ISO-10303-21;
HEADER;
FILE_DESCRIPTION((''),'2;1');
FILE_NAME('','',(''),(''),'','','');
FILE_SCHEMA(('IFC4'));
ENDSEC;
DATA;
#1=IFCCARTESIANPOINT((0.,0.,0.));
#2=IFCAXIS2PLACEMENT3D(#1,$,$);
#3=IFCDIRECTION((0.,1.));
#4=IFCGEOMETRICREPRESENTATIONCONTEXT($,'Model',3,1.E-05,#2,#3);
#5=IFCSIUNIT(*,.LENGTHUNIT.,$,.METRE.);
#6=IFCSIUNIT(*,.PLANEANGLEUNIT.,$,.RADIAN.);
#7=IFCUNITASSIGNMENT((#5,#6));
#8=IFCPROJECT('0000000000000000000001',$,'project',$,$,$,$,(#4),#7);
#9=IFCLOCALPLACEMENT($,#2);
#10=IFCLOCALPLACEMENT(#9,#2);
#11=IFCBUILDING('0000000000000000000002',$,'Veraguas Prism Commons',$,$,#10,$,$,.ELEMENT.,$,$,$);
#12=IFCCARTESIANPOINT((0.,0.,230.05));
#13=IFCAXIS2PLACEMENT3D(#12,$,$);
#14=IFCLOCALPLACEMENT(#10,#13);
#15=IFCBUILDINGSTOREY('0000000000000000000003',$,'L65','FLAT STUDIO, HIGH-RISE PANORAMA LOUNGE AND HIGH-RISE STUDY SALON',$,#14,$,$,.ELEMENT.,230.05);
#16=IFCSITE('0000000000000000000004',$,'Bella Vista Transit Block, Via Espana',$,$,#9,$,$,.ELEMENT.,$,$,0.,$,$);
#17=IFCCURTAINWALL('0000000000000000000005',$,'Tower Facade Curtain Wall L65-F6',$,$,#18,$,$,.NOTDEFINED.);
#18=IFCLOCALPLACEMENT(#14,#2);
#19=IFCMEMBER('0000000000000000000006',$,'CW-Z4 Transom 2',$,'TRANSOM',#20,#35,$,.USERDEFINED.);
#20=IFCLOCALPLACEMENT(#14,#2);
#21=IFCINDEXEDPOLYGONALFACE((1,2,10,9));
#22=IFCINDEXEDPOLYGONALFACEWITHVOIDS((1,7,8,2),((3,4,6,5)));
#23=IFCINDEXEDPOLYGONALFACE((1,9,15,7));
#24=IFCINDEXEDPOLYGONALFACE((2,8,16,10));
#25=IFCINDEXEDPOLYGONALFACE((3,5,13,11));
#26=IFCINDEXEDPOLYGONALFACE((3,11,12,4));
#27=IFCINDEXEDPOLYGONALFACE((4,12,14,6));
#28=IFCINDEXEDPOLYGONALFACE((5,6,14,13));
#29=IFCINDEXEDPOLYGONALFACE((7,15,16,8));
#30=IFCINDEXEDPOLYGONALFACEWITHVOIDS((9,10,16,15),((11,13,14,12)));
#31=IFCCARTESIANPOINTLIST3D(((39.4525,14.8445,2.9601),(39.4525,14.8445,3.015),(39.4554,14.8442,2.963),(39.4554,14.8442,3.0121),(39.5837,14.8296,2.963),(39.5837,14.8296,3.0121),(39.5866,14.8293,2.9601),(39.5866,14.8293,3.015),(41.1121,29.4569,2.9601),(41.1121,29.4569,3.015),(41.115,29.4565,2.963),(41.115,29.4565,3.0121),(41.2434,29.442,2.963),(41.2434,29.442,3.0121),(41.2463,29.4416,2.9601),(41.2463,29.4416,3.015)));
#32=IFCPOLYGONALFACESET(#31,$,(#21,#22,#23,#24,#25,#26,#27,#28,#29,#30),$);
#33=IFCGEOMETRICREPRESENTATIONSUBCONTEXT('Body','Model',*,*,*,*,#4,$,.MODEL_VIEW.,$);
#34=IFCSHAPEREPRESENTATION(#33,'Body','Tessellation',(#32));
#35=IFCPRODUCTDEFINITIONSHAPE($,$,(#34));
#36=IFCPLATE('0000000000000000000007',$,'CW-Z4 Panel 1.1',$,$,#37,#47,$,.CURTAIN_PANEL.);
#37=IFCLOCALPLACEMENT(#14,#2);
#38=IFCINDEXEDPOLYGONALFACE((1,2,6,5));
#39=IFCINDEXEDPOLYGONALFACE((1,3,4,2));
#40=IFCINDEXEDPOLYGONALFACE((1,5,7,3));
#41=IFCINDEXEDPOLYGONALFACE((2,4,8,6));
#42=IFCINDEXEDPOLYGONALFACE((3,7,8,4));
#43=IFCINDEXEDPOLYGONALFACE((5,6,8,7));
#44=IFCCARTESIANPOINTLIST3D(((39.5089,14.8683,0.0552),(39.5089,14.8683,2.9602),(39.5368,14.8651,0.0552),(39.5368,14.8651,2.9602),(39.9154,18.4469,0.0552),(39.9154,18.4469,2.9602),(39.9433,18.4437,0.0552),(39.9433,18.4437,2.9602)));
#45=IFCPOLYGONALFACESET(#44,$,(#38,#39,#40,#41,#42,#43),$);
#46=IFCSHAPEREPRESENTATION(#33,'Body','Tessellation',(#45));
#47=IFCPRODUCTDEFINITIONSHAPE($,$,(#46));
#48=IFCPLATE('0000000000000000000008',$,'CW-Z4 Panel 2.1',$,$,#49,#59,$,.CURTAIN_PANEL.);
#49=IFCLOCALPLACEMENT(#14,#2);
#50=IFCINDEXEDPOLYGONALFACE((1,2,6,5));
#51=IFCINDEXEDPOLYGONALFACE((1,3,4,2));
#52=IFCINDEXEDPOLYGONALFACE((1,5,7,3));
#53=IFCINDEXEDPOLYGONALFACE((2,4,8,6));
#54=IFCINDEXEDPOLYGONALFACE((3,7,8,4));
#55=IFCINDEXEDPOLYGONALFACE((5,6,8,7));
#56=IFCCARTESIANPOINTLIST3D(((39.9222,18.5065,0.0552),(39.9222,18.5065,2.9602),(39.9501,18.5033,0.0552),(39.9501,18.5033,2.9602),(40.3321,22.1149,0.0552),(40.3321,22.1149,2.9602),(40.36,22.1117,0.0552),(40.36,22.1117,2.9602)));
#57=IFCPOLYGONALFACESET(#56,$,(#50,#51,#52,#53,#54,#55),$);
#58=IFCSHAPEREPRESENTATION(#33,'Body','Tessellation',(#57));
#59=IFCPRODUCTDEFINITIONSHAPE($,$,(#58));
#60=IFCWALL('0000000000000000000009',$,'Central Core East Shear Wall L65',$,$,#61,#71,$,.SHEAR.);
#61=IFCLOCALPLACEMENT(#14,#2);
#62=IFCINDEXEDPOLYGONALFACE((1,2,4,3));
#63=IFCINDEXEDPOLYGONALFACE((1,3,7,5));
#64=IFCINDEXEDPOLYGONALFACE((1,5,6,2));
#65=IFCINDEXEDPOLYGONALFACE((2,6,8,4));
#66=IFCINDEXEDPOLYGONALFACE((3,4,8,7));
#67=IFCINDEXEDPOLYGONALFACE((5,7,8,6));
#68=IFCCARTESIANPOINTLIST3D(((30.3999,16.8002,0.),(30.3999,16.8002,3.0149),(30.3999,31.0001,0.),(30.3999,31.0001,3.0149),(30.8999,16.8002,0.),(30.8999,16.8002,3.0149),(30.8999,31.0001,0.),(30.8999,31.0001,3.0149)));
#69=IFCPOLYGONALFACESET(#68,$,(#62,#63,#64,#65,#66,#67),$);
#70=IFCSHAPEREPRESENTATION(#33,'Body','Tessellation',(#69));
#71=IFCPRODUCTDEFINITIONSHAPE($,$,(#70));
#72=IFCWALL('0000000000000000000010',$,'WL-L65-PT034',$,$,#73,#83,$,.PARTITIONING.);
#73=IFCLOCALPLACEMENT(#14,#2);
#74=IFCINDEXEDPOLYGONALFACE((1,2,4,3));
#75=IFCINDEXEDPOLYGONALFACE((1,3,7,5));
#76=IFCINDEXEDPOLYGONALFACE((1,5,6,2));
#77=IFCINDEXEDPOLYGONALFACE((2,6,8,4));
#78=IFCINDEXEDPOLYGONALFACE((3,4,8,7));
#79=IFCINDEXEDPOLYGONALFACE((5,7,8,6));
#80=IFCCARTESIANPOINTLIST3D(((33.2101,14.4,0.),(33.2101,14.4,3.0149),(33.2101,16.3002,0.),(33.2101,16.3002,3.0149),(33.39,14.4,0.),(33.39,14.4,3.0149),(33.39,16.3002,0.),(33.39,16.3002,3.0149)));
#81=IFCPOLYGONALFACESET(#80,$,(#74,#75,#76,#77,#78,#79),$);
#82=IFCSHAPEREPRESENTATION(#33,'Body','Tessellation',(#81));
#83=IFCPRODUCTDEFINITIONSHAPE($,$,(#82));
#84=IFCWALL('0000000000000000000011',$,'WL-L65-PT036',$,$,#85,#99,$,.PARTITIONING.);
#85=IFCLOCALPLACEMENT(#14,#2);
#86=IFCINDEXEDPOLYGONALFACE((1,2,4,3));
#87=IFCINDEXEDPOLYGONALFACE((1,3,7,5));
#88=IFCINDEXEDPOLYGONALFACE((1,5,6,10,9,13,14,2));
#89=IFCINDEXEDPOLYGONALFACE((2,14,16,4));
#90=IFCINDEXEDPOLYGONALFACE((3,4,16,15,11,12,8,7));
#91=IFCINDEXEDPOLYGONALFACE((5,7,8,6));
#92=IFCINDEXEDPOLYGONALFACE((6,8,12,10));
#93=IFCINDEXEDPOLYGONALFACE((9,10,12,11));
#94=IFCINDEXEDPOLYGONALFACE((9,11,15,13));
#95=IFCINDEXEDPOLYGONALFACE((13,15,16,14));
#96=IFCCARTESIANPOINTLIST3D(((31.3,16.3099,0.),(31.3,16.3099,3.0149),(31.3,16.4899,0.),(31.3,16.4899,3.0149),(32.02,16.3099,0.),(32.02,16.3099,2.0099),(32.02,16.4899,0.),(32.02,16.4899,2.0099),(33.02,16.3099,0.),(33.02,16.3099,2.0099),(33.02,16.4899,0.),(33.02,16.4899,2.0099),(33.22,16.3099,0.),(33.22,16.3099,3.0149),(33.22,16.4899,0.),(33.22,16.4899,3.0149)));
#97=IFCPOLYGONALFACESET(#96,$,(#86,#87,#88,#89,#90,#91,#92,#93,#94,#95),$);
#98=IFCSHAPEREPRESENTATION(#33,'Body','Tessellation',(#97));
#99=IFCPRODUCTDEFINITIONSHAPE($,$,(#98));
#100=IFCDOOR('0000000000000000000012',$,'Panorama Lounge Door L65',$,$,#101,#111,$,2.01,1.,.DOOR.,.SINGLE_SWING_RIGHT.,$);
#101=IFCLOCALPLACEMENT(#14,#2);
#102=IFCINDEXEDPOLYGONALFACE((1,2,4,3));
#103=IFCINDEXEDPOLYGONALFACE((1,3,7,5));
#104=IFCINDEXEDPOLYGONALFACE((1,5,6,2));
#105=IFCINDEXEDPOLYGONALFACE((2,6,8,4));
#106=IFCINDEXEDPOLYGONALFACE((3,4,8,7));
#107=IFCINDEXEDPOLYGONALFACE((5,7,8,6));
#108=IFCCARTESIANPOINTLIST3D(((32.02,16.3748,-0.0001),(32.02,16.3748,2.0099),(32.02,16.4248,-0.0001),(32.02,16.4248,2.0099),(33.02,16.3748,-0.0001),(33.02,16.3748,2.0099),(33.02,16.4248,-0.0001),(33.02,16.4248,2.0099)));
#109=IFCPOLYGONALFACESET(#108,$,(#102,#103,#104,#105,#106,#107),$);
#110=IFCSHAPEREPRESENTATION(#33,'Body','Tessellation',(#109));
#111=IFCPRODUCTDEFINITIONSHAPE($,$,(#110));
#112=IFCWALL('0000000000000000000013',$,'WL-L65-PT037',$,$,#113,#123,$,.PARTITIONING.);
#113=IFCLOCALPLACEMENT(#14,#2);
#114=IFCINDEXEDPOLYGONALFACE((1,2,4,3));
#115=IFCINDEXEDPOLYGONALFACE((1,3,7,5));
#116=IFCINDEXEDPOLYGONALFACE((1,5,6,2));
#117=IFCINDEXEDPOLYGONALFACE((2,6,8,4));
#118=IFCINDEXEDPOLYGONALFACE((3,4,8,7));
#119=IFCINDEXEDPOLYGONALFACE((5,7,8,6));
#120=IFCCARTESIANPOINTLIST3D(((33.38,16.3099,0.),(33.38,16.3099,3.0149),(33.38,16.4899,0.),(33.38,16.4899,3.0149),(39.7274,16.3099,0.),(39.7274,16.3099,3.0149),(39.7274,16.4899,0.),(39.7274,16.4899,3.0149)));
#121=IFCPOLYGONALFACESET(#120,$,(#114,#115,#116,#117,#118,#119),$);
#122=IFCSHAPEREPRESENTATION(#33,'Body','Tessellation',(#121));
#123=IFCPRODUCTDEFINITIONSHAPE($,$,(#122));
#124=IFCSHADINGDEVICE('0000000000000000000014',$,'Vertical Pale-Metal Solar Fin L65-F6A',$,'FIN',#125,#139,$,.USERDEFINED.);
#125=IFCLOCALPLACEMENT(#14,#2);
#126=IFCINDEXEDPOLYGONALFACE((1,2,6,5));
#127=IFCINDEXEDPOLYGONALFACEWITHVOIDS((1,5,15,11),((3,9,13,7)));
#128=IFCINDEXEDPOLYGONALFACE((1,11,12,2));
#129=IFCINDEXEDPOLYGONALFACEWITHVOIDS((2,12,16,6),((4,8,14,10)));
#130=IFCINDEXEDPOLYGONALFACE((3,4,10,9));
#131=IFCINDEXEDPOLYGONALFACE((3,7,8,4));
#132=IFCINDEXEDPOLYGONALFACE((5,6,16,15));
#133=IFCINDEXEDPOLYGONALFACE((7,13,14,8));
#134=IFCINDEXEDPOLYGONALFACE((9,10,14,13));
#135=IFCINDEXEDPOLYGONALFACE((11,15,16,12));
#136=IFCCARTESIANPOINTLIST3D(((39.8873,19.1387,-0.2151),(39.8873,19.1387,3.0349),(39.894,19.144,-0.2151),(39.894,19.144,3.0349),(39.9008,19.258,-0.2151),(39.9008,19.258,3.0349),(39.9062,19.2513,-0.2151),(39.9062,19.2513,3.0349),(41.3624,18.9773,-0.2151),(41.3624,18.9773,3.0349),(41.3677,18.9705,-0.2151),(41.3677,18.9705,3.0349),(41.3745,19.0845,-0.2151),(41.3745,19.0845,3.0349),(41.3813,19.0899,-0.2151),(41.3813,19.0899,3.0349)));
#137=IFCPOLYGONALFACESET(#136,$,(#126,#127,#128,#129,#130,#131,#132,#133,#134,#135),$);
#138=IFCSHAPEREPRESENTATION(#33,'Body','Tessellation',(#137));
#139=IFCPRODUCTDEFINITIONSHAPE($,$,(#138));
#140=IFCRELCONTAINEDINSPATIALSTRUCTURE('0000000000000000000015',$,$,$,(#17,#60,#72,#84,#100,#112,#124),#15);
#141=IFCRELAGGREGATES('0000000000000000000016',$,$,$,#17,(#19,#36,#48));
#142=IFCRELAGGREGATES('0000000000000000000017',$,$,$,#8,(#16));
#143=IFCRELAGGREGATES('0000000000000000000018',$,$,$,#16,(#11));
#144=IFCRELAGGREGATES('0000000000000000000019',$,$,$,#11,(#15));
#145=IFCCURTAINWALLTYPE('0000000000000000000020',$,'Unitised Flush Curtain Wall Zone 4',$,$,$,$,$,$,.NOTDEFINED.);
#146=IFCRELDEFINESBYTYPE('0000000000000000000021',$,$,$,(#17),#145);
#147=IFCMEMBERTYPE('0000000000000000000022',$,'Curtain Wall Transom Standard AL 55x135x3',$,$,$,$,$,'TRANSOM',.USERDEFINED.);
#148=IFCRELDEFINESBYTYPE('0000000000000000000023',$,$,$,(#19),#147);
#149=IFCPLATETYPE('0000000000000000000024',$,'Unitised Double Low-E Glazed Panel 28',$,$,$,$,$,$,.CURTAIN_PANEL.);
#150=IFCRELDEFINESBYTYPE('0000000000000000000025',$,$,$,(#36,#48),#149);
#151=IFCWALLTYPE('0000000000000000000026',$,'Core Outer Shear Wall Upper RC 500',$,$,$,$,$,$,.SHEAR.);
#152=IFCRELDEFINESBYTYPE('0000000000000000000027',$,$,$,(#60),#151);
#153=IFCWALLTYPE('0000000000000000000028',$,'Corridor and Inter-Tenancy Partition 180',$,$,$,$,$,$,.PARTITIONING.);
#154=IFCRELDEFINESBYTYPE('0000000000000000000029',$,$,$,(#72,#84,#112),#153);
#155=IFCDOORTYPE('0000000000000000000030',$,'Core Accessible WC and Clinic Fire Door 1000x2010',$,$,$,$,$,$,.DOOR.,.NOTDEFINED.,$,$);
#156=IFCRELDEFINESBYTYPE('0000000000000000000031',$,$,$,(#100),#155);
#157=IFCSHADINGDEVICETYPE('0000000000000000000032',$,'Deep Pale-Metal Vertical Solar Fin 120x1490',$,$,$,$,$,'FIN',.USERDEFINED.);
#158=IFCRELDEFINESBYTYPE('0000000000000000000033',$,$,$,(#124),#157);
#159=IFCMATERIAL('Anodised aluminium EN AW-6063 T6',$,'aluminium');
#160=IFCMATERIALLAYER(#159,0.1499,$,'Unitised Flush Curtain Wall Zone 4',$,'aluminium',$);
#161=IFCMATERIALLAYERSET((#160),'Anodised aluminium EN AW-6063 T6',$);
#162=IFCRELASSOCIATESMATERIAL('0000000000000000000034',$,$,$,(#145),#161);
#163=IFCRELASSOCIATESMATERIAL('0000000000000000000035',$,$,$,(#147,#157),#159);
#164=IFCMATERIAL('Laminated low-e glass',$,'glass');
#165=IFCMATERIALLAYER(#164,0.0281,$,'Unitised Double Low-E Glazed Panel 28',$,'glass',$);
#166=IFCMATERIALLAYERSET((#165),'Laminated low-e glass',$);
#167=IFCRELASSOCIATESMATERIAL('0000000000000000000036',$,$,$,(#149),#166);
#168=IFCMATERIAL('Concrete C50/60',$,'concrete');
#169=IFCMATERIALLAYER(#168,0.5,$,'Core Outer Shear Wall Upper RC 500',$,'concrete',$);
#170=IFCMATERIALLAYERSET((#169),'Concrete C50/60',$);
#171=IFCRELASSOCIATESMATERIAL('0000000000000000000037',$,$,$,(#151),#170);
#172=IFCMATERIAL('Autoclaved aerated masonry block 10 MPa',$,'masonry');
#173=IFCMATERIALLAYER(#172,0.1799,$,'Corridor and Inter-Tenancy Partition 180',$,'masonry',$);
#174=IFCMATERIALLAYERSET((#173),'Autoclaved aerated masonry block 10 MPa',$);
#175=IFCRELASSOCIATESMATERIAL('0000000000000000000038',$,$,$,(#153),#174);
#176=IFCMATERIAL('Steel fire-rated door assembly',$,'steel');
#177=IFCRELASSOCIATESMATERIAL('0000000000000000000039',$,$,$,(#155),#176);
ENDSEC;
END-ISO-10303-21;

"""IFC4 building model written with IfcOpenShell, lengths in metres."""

from ifc_helpers import new_model, si_unit, direction, frame, frame_2d, origin, origin_2d, place, context, subcontext, project, spatial, rectangle, hollow_rectangle, extrude, source, transform, mapped, material, layer, layer_set, material_profile, profile_set, type_object, element, fill, aggregate, save


model = new_model("IFC4")

# Units and contexts
model_context = context("Model", 3, precision=1e-05, world=origin(), true_north=direction((0.0, 1.0)))
body_context = subcontext(model_context, "Body", "Model", "MODEL_VIEW")
ifc_project = project(units=[si_unit("LENGTHUNIT", "METRE"), si_unit("PLANEANGLEUNIT", "RADIAN")], contexts=[model_context])

# Site, building, storey
site_placement = place(None, origin())
site = spatial("IfcSite", under=ifc_project, at=site_placement, Name="Bella Vista Transit Block, Via Espana", CompositionType="ELEMENT", RefElevation=0.0)
building_placement = place(site_placement, origin())
building = spatial("IfcBuilding", under=site, at=building_placement, Name="Veraguas Prism Commons", CompositionType="ELEMENT")
storey_placement = place(building_placement, frame((0.0, 0.0, 230.05)))
storey = spatial("IfcBuildingStorey", under=building, at=storey_placement, Name="L65", Description="FLAT STUDIO, HIGH-RISE PANORAMA LOUNGE AND HIGH-RISE STUDY SALON", CompositionType="ELEMENT", Elevation=230.05)

# Shared definitions
ifc_material_1 = material(Name="Concrete C50/60", Category="concrete")

# Curtain wall
ifc_material_2 = material(Name="Anodised aluminium EN AW-6063 T6", Category="aluminium")
ifc_layer_1 = layer(ifc_material_2, 0.1499, Name="Unitised Flush Curtain Wall Zone 4", Category="aluminium")
ifc_layer_set_1 = layer_set([ifc_layer_1], Name="Anodised aluminium EN AW-6063 T6")
curtain_wall_type = type_object("IfcCurtainWallType", Name="Unitised Flush Curtain Wall Zone 4", PredefinedType="NOTDEFINED", material=ifc_layer_set_1)
curtain_wall_1_placement = place(storey_placement, origin())
curtain_wall_1 = element("IfcCurtainWall", 1, at=curtain_wall_1_placement, inside=storey, type_object=curtain_wall_type, Name="Tower Facade Curtain Wall L65-F6", PredefinedType="NOTDEFINED")

# Member
ifc_material_profile_1 = material_profile(ifc_material_2, hollow_rectangle(XDim=0.0549, YDim=0.135, WallThickness=0.0029, at=origin_2d()), Name="AL55X135X3")
ifc_profile_set_1 = profile_set([ifc_material_profile_1], Name="Anodised aluminium EN AW-6063 T6")
member_type_1 = type_object("IfcMemberType", Name="Curtain Wall Transom Standard AL 55x135x3", ElementType="TRANSOM", PredefinedType="USERDEFINED", material=ifc_profile_set_1)
shared_shape_1 = source(origin(), body_context, "Body", "SweptSolid", [
    extrude(hollow_rectangle(XDim=0.0549, YDim=0.135, WallThickness=0.0029, at=origin_2d()), origin(), (0.0, 0.0, 1.0), 14.7063),
])
member_1_placement = place(storey_placement, frame((39.5195, 14.8369, 2.9875), z_axis=(0.112855, 0.993612, 0.0), x_axis=(0.0, 0.0, 1.0)))
member_1 = element("IfcMember", 2, at=member_1_placement, type_object=member_type_1, Name="CW-Z4 Transom 2", ObjectType="TRANSOM", PredefinedType="USERDEFINED", context=body_context, shape_type="MappedRepresentation", body=[
    mapped(shared_shape_1, transform((0.0, 0.0, 0.0), scale=1.0)),
])

# Plates
ifc_material_3 = material(Name="Laminated low-e glass", Category="glass")
ifc_layer_2 = layer(ifc_material_3, 0.0281, Name="Unitised Double Low-E Glazed Panel 28", Category="glass")
ifc_layer_set_2 = layer_set([ifc_layer_2], Name="Laminated low-e glass")
plate_type = type_object("IfcPlateType", Name="Unitised Double Low-E Glazed Panel 28", PredefinedType="CURTAIN_PANEL", material=ifc_layer_set_2)
shared_shape_2 = source(origin(), body_context, "Body", "SweptSolid", [
    extrude(rectangle(XDim=3.6016, YDim=0.0281, at=origin_2d()), origin(), (0.0, 0.0, 1.0), 2.905),
])
plate_1_placement = place(storey_placement, frame((39.7261, 16.656, 0.0552), z_axis=(0.0, 0.0, 1.0), x_axis=(0.112858, 0.993611, 0.0)))
plate_1 = element("IfcPlate", 3, at=plate_1_placement, type_object=plate_type, Name="CW-Z4 Panel 1.1", PredefinedType="CURTAIN_PANEL", context=body_context, shape_type="MappedRepresentation", body=[
    mapped(shared_shape_2, transform((0.0, 0.0, 0.0), scale=1.0)),
])
shared_shape_3 = source(origin(), body_context, "Body", "SweptSolid", [
    extrude(rectangle(XDim=3.6316, YDim=0.0281, at=origin_2d()), origin(), (0.0, 0.0, 1.0), 2.905),
])
plate_2_placement = place(storey_placement, frame((40.1411, 20.3091, 0.0552), z_axis=(0.0, 0.0, 1.0), x_axis=(0.112858, 0.993611, 0.0)))
plate_2 = element("IfcPlate", 4, at=plate_2_placement, type_object=plate_type, Name="CW-Z4 Panel 2.1", PredefinedType="CURTAIN_PANEL", context=body_context, shape_type="MappedRepresentation", body=[
    mapped(shared_shape_3, transform((0.0, 0.0, 0.0), scale=1.0)),
])
aggregate(curtain_wall_1, [member_1, plate_1, plate_2])

# Walls
ifc_layer_3 = layer(ifc_material_1, 0.5, Name="Core Outer Shear Wall Upper RC 500", Category="concrete")
ifc_layer_set_3 = layer_set([ifc_layer_3], Name="Concrete C50/60")
wall_type_1 = type_object("IfcWallType", Name="Core Outer Shear Wall Upper RC 500", PredefinedType="SHEAR", material=ifc_layer_set_3)
wall_1_placement = place(storey_placement, frame((30.6499, 16.8, 0.0), z_axis=(0.0, 0.0, 1.0), x_axis=(0.0, 1.0, 0.0)))
element("IfcWall", 5, at=wall_1_placement, inside=storey, type_object=wall_type_1, Name="Central Core East Shear Wall L65", PredefinedType="SHEAR", context=body_context, shape_type="SweptSolid", body=[
    extrude(rectangle(XDim=14.2, YDim=0.5, at=frame_2d((7.1001, 0.0))), origin(), (0.0, 0.0, 1.0), 3.0149),
])
ifc_material_4 = material(Name="Autoclaved aerated masonry block 10 MPa", Category="masonry")
ifc_layer_4 = layer(ifc_material_4, 0.1799, Name="Corridor and Inter-Tenancy Partition 180", Category="masonry")
ifc_layer_set_4 = layer_set([ifc_layer_4], Name="Autoclaved aerated masonry block 10 MPa")
wall_type_2 = type_object("IfcWallType", Name="Corridor and Inter-Tenancy Partition 180", PredefinedType="PARTITIONING", material=ifc_layer_set_4)
wall_2_placement = place(storey_placement, frame((33.3, 14.3999, 0.0), z_axis=(0.0, 0.0, 1.0), x_axis=(0.0, 1.0, 0.0)))
element("IfcWall", 6, at=wall_2_placement, inside=storey, type_object=wall_type_2, Name="WL-L65-PT034", PredefinedType="PARTITIONING", context=body_context, shape_type="SweptSolid", body=[
    extrude(rectangle(XDim=1.9001, YDim=0.1799, at=frame_2d((0.9502, 0.0))), origin(), (0.0, 0.0, 1.0), 3.0149),
])

# Wall, opening, door
wall_3_placement = place(storey_placement, frame((31.3, 16.3999, 0.0), z_axis=(0.0, 0.0, 1.0), x_axis=(1.0, 0.0, 0.0)))
wall_3 = element("IfcWall", 7, at=wall_3_placement, inside=storey, type_object=wall_type_2, Name="WL-L65-PT036", PredefinedType="PARTITIONING", context=body_context, shape_type="SweptSolid", body=[
    extrude(rectangle(XDim=1.9199, YDim=0.1799, at=frame_2d((0.96, 0.0))), origin(), (0.0, 0.0, 1.0), 3.0149),
])
opening_placement = place(wall_3_placement, frame((0.72, 0.0, 0.0)))
opening = element("IfcOpeningElement", 8, at=opening_placement, cuts=wall_3, PredefinedType="OPENING", context=body_context, shape_type="SweptSolid", body=[
    extrude(rectangle(XDim=1.0, YDim=2.01, at=frame_2d((0.5, 1.0049))), frame((0.0, 0.0999, 0.0), z_axis=(0.0, -1.0, 0.0), x_axis=(1.0, 0.0, 0.0)), (0.0, 0.0, 1.0), 0.2),
])
ifc_material_5 = material(Name="Steel fire-rated door assembly", Category="steel")
door_type = type_object("IfcDoorType", Name="Core Accessible WC and Clinic Fire Door 1000x2010", OperationType="NOTDEFINED", PredefinedType="DOOR", material=ifc_material_5)
shared_shape_4 = source(origin(), body_context, "Body", "SweptSolid", [
    extrude(rectangle(XDim=1.0, YDim=2.01, at=frame_2d((0.5, 1.0049))), frame((0.0, 0.0249, 0.0), z_axis=(0.0, -1.0, 0.0), x_axis=(1.0, 0.0, 0.0)), (0.0, 0.0, 1.0), 0.05),
])
door_placement = place(opening_placement, origin())
door = element("IfcDoor", 9, at=door_placement, inside=storey, type_object=door_type, Name="Panorama Lounge Door L65", OperationType="SINGLE_SWING_RIGHT", OverallHeight=2.01, OverallWidth=1.0, PredefinedType="DOOR", context=body_context, shape_type="MappedRepresentation", body=[
    mapped(shared_shape_4, transform((0.0, 0.0, 0.0), scale=1.0)),
])
fill(opening, door)

# Wall
wall_4_placement = place(storey_placement, frame((33.3799, 16.3999, 0.0), z_axis=(0.0, 0.0, 1.0), x_axis=(1.0, 0.0, 0.0)))
element("IfcWall", 10, at=wall_4_placement, inside=storey, type_object=wall_type_2, Name="WL-L65-PT037", PredefinedType="PARTITIONING", context=body_context, shape_type="SweptSolid", body=[
    extrude(rectangle(XDim=6.3474, YDim=0.1799, at=frame_2d((3.1738, 0.0))), origin(), (0.0, 0.0, 1.0), 3.0149),
])

# Shading device
ifc_material_profile_2 = material_profile(ifc_material_2, hollow_rectangle(XDim=0.1201, YDim=1.49, WallThickness=0.0061, at=origin_2d()), Name="FIN120X1490X6")
ifc_profile_set_2 = profile_set([ifc_material_profile_2], Name="Anodised aluminium EN AW-6063 T6")
shading_device_type = type_object("IfcShadingDeviceType", Name="Deep Pale-Metal Vertical Solar Fin 120x1490", ElementType="FIN", PredefinedType="USERDEFINED", material=ifc_profile_set_2)
shading_device_placement = place(storey_placement, frame((40.6343, 19.1143, -0.2151), z_axis=(0.0, 0.0, 1.0), x_axis=(0.112862, 0.993611, 0.0)))
element("IfcShadingDevice", 11, at=shading_device_placement, inside=storey, type_object=shading_device_type, Name="Vertical Pale-Metal Solar Fin L65-F6A", ObjectType="FIN", PredefinedType="USERDEFINED", context=body_context, shape_type="SweptSolid", body=[
    extrude(hollow_rectangle(XDim=0.1201, YDim=1.49, WallThickness=0.0061, at=origin_2d()), origin(), (0.0, 0.0, 1.0), 3.25),
])

save(model, "model.ifc")
